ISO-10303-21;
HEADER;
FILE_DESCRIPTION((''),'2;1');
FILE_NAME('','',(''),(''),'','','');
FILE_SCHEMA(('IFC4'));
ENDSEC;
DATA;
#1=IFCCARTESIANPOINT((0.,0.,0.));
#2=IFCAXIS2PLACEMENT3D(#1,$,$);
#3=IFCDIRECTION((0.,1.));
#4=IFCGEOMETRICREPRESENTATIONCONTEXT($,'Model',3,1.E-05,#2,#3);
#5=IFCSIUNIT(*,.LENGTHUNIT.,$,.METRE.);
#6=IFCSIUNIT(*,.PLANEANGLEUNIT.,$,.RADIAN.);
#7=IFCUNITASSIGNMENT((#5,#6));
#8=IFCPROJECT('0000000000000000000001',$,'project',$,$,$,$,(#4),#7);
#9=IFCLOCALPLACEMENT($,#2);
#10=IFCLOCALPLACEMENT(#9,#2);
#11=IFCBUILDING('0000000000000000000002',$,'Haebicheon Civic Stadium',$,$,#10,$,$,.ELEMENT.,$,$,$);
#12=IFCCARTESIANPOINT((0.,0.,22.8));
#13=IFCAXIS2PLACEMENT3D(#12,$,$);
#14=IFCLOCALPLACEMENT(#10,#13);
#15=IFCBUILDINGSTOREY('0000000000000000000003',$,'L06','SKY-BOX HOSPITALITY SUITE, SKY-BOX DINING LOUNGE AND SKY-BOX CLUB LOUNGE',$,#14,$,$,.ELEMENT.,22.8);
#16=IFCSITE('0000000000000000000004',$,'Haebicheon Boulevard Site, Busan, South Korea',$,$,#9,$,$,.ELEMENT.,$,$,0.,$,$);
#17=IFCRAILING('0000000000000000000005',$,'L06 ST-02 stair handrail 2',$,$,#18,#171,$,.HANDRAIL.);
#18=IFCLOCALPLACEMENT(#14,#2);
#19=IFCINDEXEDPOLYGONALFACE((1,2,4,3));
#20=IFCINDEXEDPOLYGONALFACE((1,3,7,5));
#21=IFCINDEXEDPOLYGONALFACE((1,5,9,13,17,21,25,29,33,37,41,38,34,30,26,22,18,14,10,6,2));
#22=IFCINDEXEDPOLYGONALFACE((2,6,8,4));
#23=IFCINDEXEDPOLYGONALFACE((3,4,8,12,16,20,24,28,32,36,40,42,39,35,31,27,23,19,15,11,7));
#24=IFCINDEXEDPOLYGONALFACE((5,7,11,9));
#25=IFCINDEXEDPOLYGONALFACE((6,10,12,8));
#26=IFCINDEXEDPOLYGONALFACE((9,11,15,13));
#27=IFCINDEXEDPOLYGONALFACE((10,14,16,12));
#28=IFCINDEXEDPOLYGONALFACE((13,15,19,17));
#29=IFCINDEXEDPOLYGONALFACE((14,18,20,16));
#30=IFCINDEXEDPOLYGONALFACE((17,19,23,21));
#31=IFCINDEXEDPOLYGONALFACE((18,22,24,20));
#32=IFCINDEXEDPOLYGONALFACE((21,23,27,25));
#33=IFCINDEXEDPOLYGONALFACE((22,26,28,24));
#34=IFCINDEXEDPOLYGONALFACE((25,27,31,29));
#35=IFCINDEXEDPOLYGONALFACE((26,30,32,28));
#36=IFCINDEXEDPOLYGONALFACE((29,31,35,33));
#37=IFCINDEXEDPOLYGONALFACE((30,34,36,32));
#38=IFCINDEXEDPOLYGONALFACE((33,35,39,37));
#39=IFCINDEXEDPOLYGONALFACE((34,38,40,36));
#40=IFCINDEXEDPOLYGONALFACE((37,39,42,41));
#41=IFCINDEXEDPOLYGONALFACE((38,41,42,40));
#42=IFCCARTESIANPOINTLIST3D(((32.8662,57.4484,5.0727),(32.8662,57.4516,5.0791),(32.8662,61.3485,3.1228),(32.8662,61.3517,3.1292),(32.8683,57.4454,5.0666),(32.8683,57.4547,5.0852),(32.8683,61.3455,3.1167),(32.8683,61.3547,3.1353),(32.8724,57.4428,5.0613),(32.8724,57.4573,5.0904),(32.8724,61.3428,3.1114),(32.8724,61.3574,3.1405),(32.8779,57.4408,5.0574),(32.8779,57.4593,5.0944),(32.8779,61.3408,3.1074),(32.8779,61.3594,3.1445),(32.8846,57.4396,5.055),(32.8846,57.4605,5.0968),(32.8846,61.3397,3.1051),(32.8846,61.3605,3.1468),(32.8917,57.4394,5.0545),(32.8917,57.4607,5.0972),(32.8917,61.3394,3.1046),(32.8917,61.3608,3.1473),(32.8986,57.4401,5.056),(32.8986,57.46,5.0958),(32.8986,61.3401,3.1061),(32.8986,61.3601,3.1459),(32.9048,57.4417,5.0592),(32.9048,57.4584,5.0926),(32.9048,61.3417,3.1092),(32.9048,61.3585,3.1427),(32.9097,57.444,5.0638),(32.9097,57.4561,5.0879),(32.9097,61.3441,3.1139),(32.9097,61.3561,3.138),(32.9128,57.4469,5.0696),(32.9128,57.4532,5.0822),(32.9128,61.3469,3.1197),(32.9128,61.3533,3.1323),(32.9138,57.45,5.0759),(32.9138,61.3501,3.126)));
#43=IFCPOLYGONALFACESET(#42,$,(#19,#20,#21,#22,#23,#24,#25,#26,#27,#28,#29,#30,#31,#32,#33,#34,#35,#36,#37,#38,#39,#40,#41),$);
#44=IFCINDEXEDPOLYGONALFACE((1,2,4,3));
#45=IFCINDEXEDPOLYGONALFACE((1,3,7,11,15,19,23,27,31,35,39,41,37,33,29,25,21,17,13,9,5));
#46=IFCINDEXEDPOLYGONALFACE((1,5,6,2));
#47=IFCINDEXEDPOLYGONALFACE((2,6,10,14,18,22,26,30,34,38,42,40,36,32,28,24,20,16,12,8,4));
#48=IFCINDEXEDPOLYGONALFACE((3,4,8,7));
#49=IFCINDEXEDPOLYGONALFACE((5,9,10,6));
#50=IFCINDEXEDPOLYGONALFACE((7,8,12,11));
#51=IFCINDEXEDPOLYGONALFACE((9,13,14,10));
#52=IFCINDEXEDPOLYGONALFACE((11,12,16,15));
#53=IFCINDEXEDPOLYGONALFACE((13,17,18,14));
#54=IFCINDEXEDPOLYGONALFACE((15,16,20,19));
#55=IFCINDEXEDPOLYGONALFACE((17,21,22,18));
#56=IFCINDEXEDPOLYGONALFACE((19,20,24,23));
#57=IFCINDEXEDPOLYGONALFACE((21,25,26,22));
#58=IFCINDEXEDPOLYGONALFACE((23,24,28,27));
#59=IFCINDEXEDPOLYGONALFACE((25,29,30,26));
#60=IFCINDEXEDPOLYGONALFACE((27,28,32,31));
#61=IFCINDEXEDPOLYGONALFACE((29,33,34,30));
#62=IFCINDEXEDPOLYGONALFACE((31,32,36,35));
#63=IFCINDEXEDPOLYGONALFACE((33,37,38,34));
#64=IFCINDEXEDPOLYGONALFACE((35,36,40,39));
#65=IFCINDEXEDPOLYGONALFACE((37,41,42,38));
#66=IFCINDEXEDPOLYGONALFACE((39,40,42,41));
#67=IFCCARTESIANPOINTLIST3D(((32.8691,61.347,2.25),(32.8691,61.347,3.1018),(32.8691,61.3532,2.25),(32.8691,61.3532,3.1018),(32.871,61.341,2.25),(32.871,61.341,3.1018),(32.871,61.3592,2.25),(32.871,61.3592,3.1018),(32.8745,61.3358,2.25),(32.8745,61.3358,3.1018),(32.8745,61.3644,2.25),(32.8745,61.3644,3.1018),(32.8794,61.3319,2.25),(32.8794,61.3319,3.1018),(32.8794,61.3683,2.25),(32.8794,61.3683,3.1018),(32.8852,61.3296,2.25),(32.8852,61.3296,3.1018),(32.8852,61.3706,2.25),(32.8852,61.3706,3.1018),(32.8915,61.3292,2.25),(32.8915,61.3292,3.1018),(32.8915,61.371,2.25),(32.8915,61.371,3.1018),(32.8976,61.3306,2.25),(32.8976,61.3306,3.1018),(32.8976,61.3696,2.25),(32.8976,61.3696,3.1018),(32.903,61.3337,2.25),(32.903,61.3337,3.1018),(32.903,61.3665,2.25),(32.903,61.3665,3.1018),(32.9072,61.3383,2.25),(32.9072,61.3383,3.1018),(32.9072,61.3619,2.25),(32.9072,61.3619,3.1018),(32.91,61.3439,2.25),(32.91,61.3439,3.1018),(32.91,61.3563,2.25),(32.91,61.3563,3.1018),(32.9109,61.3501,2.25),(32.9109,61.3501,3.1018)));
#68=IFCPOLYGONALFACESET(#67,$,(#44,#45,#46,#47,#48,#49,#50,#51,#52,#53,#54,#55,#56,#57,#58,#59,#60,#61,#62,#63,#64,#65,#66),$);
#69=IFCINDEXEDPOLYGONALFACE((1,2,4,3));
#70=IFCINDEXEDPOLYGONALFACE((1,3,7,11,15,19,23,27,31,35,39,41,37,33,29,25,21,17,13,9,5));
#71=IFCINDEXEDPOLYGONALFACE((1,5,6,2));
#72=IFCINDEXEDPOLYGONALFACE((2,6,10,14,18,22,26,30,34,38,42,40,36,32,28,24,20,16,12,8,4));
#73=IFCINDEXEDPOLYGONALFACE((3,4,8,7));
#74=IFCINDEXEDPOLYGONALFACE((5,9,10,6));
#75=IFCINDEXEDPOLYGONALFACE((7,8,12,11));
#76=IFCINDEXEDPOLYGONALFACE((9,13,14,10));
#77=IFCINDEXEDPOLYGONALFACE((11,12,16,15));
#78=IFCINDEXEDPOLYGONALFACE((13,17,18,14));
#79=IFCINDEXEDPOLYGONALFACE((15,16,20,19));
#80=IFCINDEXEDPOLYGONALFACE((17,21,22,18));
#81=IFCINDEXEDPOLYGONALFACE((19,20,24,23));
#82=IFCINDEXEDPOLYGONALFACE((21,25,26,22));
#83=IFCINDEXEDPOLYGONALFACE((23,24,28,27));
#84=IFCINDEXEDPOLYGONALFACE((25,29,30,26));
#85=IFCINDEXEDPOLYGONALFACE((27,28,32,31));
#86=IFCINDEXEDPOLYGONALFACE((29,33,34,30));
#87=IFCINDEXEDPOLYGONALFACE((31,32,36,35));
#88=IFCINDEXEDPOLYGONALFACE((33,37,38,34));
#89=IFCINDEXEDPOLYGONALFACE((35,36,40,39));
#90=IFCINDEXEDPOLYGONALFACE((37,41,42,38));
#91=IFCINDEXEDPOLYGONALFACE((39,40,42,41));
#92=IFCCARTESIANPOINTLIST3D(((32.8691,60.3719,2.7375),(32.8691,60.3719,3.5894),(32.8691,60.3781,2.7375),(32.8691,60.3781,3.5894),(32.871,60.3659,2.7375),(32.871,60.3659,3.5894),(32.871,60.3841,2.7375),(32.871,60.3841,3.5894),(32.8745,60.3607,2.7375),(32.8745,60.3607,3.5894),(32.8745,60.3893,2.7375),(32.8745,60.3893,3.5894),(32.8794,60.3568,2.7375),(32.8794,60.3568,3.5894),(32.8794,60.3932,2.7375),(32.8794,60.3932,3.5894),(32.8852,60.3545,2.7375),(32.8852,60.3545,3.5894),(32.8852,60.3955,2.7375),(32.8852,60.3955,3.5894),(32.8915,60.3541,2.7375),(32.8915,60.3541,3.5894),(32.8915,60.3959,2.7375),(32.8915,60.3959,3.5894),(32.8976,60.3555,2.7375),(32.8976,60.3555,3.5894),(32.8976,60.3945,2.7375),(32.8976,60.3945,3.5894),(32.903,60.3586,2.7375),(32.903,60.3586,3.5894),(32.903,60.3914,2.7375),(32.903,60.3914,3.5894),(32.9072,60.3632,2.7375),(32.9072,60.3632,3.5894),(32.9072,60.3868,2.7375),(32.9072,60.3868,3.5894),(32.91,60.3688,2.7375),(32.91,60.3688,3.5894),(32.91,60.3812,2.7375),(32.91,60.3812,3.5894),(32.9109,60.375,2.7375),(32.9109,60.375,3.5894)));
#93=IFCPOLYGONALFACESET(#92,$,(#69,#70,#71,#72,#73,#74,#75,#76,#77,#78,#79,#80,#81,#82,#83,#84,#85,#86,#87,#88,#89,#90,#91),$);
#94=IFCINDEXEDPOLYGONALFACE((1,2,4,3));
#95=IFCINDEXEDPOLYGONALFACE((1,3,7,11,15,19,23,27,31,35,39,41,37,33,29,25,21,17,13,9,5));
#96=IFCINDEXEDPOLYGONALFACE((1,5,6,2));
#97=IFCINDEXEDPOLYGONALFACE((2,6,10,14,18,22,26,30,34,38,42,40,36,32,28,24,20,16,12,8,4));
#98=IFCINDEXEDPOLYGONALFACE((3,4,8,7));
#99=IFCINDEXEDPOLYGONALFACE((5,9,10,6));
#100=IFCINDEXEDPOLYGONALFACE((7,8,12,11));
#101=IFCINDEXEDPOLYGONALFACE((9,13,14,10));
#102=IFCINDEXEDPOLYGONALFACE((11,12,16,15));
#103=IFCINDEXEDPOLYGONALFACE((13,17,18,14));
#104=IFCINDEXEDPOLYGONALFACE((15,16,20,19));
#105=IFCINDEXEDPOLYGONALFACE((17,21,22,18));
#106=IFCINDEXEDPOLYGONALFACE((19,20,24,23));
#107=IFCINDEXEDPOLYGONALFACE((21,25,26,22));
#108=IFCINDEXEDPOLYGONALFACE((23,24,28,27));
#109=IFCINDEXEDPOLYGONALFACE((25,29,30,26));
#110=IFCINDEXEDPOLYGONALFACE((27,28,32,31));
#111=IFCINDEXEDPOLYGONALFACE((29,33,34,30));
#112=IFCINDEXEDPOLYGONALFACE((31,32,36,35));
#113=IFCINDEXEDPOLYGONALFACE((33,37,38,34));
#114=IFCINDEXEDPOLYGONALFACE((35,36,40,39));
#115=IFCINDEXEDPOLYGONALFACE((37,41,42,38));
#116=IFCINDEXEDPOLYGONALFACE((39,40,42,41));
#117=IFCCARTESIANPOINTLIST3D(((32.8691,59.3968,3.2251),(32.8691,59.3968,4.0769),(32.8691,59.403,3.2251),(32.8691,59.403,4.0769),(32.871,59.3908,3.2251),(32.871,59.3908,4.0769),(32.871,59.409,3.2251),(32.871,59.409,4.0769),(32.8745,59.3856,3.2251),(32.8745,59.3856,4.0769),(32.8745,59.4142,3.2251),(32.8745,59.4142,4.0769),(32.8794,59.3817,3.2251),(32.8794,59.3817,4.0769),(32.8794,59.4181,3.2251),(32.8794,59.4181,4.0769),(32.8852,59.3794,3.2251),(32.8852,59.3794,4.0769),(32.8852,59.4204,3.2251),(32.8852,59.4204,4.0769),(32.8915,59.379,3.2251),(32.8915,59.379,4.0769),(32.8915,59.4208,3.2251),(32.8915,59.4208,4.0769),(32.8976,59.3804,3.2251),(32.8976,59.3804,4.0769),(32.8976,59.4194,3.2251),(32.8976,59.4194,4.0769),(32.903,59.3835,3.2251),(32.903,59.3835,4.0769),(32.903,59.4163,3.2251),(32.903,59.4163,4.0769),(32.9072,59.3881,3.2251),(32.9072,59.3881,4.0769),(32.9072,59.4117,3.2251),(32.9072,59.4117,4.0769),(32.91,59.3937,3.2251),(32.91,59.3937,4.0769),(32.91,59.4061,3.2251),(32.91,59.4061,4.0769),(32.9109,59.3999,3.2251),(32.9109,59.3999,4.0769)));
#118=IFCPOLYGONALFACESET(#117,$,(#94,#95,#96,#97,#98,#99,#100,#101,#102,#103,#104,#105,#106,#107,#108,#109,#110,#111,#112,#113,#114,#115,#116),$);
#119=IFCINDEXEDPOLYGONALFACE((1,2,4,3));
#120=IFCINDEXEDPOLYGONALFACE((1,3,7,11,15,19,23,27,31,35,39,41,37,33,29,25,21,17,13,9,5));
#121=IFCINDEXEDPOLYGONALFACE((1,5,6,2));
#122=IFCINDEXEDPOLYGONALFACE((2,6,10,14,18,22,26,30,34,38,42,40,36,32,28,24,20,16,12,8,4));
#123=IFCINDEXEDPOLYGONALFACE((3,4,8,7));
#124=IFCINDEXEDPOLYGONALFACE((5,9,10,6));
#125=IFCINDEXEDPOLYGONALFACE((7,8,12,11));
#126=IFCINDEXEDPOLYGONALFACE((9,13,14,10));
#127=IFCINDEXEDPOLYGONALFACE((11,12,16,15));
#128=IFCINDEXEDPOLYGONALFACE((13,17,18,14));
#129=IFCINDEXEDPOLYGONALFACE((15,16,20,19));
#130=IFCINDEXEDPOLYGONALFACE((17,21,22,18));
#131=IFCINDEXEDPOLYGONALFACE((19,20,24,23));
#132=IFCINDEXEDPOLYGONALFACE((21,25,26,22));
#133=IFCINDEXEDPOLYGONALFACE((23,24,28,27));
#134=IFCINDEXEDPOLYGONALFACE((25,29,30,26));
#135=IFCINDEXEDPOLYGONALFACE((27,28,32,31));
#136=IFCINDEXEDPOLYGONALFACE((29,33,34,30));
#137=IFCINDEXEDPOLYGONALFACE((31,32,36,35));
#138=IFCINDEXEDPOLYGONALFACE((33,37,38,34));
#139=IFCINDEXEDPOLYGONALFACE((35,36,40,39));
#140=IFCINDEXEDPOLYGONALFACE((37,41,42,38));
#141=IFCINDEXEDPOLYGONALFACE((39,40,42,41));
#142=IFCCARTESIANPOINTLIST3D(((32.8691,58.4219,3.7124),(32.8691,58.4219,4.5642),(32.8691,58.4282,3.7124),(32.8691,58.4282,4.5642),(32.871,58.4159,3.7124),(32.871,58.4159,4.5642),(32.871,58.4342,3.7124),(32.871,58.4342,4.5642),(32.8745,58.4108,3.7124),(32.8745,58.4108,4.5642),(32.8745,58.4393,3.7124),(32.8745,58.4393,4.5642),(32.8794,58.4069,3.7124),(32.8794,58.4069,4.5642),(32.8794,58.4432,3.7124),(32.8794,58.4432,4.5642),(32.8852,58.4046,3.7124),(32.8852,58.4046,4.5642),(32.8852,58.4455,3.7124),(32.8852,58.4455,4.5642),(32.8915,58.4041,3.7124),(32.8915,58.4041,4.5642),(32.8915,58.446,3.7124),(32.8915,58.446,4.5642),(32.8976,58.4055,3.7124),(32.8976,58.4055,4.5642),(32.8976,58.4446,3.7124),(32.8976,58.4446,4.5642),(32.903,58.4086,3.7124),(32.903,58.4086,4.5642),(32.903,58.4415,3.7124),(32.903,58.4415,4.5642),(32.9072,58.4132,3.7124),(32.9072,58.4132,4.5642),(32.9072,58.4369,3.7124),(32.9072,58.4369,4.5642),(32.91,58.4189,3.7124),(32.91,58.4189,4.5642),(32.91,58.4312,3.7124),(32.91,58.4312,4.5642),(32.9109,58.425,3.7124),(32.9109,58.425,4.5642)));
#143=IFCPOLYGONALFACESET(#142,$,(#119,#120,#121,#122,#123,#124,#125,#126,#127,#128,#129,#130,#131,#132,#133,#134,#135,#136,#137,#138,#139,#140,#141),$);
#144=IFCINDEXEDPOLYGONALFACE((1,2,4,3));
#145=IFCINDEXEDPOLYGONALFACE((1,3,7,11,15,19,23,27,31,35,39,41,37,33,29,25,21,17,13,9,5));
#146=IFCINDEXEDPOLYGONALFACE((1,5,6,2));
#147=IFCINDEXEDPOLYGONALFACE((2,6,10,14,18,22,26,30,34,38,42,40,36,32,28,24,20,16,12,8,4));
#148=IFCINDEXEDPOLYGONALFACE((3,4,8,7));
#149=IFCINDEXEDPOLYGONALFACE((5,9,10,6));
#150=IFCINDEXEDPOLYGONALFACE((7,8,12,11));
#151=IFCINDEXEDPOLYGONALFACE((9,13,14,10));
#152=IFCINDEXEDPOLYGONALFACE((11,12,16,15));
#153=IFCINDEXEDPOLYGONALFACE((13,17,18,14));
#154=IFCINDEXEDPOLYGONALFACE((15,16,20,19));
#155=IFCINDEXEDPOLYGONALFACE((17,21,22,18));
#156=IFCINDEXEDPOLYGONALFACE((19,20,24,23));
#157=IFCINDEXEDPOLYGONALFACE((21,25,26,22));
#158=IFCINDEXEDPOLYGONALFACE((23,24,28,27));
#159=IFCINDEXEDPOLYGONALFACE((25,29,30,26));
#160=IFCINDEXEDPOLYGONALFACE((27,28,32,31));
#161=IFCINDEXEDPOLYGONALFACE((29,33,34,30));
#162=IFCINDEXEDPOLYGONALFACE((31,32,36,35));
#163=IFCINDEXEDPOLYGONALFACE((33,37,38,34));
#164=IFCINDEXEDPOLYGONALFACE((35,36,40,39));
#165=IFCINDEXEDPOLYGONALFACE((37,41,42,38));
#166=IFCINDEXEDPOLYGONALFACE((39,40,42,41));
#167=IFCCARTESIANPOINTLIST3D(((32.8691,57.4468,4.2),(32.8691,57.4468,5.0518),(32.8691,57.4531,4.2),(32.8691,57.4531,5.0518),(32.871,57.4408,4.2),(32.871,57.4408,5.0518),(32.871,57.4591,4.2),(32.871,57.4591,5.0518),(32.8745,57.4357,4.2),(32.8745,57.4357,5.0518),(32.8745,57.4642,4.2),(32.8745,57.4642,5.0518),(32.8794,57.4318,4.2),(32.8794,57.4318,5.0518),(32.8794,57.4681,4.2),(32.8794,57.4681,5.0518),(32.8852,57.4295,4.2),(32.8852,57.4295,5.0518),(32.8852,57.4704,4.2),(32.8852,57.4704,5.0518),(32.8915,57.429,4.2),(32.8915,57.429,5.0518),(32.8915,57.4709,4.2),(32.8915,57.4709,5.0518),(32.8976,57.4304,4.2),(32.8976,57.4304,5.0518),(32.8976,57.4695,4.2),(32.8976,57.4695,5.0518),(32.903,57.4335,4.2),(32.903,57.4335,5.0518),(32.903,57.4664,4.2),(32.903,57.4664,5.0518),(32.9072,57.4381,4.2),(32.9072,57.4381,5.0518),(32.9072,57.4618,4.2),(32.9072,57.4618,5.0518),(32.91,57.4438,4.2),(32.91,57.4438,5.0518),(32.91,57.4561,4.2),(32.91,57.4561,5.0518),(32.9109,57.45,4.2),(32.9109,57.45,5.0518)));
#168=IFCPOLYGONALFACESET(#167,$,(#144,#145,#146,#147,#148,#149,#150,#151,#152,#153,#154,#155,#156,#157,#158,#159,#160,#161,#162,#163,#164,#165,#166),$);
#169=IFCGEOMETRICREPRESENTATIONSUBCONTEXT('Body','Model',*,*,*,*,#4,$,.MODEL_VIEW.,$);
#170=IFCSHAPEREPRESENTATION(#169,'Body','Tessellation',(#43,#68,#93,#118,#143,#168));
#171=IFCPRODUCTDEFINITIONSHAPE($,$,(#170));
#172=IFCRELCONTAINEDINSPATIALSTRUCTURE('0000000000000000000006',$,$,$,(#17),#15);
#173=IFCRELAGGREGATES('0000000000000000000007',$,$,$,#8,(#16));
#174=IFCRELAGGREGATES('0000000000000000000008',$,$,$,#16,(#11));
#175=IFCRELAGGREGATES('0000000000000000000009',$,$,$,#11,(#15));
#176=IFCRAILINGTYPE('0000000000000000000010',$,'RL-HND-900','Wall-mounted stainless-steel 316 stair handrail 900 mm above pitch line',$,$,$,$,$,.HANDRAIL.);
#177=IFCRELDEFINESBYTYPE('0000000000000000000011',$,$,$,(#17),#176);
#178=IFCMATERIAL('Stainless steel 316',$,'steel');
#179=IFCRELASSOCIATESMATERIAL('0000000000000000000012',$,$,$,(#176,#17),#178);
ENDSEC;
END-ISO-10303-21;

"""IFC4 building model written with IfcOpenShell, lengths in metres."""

from ifc_helpers import new_model, si_unit, direction, frame, origin, origin_2d, place, context, subcontext, project, spatial, circle, extrude, material, type_object, element, save


model = new_model("IFC4")

# Units and contexts
model_context = context("Model", 3, precision=1e-05, world=origin(), true_north=direction((0.0, 1.0)))
body_context = subcontext(model_context, "Body", "Model", "MODEL_VIEW")
ifc_project = project(units=[si_unit("LENGTHUNIT", "METRE"), si_unit("PLANEANGLEUNIT", "RADIAN")], contexts=[model_context])

# Site, building, storey
site_placement = place(None, origin())
site = spatial("IfcSite", under=ifc_project, at=site_placement, Name="Haebicheon Boulevard Site, Busan, South Korea", CompositionType="ELEMENT", RefElevation=0.0)
building_placement = place(site_placement, origin())
building = spatial("IfcBuilding", under=site, at=building_placement, Name="Haebicheon Civic Stadium", CompositionType="ELEMENT")
storey_placement = place(building_placement, frame((0.0, 0.0, 22.8)))
storey = spatial("IfcBuildingStorey", under=building, at=storey_placement, Name="L06", Description="SKY-BOX HOSPITALITY SUITE, SKY-BOX DINING LOUNGE AND SKY-BOX CLUB LOUNGE", CompositionType="ELEMENT", Elevation=22.8)

# Railing
ifc_material_1 = material(Name="Stainless steel 316", Category="steel")
railing_type_1 = type_object("IfcRailingType", Name="RL-HND-900", Description="Wall-mounted stainless-steel 316 stair handrail 900 mm above pitch line", PredefinedType="HANDRAIL", material=ifc_material_1)
railing_1_placement = place(storey_placement, frame((32.8899, 61.3501, 2.25)))
element("IfcRailing", 1, at=railing_1_placement, inside=storey, type_object=railing_type_1, material=ifc_material_1, Name="L06 ST-02 stair handrail 2", PredefinedType="HANDRAIL", context=body_context, shape_type="SweptSolid", body=[
    extrude(circle(Radius=0.0239, at=origin_2d()), frame((0.0, 0.0, 0.876), z_axis=(0.0, -0.894438, 0.447191), x_axis=(1.0, 0.0, 0.0)), (0.0, 0.0, 1.0), 4.3604),
    extrude(circle(Radius=0.021, at=origin_2d()), origin(), (0.0, 0.0, 1.0), 0.8518),
    extrude(circle(Radius=0.021, at=origin_2d()), frame((0.0, -0.9751, 0.4875)), (0.0, 0.0, 1.0), 0.8518),
    extrude(circle(Radius=0.021, at=origin_2d()), frame((0.0, -1.9502, 0.9751)), (0.0, 0.0, 1.0), 0.8518),
    extrude(circle(Radius=0.021, at=origin_2d()), frame((0.0, -2.925, 1.4624)), (0.0, 0.0, 1.0), 0.8518),
    extrude(circle(Radius=0.021, at=origin_2d()), frame((0.0, -3.9001, 1.95)), (0.0, 0.0, 1.0), 0.8518),
])

save(model, "model.ifc")
